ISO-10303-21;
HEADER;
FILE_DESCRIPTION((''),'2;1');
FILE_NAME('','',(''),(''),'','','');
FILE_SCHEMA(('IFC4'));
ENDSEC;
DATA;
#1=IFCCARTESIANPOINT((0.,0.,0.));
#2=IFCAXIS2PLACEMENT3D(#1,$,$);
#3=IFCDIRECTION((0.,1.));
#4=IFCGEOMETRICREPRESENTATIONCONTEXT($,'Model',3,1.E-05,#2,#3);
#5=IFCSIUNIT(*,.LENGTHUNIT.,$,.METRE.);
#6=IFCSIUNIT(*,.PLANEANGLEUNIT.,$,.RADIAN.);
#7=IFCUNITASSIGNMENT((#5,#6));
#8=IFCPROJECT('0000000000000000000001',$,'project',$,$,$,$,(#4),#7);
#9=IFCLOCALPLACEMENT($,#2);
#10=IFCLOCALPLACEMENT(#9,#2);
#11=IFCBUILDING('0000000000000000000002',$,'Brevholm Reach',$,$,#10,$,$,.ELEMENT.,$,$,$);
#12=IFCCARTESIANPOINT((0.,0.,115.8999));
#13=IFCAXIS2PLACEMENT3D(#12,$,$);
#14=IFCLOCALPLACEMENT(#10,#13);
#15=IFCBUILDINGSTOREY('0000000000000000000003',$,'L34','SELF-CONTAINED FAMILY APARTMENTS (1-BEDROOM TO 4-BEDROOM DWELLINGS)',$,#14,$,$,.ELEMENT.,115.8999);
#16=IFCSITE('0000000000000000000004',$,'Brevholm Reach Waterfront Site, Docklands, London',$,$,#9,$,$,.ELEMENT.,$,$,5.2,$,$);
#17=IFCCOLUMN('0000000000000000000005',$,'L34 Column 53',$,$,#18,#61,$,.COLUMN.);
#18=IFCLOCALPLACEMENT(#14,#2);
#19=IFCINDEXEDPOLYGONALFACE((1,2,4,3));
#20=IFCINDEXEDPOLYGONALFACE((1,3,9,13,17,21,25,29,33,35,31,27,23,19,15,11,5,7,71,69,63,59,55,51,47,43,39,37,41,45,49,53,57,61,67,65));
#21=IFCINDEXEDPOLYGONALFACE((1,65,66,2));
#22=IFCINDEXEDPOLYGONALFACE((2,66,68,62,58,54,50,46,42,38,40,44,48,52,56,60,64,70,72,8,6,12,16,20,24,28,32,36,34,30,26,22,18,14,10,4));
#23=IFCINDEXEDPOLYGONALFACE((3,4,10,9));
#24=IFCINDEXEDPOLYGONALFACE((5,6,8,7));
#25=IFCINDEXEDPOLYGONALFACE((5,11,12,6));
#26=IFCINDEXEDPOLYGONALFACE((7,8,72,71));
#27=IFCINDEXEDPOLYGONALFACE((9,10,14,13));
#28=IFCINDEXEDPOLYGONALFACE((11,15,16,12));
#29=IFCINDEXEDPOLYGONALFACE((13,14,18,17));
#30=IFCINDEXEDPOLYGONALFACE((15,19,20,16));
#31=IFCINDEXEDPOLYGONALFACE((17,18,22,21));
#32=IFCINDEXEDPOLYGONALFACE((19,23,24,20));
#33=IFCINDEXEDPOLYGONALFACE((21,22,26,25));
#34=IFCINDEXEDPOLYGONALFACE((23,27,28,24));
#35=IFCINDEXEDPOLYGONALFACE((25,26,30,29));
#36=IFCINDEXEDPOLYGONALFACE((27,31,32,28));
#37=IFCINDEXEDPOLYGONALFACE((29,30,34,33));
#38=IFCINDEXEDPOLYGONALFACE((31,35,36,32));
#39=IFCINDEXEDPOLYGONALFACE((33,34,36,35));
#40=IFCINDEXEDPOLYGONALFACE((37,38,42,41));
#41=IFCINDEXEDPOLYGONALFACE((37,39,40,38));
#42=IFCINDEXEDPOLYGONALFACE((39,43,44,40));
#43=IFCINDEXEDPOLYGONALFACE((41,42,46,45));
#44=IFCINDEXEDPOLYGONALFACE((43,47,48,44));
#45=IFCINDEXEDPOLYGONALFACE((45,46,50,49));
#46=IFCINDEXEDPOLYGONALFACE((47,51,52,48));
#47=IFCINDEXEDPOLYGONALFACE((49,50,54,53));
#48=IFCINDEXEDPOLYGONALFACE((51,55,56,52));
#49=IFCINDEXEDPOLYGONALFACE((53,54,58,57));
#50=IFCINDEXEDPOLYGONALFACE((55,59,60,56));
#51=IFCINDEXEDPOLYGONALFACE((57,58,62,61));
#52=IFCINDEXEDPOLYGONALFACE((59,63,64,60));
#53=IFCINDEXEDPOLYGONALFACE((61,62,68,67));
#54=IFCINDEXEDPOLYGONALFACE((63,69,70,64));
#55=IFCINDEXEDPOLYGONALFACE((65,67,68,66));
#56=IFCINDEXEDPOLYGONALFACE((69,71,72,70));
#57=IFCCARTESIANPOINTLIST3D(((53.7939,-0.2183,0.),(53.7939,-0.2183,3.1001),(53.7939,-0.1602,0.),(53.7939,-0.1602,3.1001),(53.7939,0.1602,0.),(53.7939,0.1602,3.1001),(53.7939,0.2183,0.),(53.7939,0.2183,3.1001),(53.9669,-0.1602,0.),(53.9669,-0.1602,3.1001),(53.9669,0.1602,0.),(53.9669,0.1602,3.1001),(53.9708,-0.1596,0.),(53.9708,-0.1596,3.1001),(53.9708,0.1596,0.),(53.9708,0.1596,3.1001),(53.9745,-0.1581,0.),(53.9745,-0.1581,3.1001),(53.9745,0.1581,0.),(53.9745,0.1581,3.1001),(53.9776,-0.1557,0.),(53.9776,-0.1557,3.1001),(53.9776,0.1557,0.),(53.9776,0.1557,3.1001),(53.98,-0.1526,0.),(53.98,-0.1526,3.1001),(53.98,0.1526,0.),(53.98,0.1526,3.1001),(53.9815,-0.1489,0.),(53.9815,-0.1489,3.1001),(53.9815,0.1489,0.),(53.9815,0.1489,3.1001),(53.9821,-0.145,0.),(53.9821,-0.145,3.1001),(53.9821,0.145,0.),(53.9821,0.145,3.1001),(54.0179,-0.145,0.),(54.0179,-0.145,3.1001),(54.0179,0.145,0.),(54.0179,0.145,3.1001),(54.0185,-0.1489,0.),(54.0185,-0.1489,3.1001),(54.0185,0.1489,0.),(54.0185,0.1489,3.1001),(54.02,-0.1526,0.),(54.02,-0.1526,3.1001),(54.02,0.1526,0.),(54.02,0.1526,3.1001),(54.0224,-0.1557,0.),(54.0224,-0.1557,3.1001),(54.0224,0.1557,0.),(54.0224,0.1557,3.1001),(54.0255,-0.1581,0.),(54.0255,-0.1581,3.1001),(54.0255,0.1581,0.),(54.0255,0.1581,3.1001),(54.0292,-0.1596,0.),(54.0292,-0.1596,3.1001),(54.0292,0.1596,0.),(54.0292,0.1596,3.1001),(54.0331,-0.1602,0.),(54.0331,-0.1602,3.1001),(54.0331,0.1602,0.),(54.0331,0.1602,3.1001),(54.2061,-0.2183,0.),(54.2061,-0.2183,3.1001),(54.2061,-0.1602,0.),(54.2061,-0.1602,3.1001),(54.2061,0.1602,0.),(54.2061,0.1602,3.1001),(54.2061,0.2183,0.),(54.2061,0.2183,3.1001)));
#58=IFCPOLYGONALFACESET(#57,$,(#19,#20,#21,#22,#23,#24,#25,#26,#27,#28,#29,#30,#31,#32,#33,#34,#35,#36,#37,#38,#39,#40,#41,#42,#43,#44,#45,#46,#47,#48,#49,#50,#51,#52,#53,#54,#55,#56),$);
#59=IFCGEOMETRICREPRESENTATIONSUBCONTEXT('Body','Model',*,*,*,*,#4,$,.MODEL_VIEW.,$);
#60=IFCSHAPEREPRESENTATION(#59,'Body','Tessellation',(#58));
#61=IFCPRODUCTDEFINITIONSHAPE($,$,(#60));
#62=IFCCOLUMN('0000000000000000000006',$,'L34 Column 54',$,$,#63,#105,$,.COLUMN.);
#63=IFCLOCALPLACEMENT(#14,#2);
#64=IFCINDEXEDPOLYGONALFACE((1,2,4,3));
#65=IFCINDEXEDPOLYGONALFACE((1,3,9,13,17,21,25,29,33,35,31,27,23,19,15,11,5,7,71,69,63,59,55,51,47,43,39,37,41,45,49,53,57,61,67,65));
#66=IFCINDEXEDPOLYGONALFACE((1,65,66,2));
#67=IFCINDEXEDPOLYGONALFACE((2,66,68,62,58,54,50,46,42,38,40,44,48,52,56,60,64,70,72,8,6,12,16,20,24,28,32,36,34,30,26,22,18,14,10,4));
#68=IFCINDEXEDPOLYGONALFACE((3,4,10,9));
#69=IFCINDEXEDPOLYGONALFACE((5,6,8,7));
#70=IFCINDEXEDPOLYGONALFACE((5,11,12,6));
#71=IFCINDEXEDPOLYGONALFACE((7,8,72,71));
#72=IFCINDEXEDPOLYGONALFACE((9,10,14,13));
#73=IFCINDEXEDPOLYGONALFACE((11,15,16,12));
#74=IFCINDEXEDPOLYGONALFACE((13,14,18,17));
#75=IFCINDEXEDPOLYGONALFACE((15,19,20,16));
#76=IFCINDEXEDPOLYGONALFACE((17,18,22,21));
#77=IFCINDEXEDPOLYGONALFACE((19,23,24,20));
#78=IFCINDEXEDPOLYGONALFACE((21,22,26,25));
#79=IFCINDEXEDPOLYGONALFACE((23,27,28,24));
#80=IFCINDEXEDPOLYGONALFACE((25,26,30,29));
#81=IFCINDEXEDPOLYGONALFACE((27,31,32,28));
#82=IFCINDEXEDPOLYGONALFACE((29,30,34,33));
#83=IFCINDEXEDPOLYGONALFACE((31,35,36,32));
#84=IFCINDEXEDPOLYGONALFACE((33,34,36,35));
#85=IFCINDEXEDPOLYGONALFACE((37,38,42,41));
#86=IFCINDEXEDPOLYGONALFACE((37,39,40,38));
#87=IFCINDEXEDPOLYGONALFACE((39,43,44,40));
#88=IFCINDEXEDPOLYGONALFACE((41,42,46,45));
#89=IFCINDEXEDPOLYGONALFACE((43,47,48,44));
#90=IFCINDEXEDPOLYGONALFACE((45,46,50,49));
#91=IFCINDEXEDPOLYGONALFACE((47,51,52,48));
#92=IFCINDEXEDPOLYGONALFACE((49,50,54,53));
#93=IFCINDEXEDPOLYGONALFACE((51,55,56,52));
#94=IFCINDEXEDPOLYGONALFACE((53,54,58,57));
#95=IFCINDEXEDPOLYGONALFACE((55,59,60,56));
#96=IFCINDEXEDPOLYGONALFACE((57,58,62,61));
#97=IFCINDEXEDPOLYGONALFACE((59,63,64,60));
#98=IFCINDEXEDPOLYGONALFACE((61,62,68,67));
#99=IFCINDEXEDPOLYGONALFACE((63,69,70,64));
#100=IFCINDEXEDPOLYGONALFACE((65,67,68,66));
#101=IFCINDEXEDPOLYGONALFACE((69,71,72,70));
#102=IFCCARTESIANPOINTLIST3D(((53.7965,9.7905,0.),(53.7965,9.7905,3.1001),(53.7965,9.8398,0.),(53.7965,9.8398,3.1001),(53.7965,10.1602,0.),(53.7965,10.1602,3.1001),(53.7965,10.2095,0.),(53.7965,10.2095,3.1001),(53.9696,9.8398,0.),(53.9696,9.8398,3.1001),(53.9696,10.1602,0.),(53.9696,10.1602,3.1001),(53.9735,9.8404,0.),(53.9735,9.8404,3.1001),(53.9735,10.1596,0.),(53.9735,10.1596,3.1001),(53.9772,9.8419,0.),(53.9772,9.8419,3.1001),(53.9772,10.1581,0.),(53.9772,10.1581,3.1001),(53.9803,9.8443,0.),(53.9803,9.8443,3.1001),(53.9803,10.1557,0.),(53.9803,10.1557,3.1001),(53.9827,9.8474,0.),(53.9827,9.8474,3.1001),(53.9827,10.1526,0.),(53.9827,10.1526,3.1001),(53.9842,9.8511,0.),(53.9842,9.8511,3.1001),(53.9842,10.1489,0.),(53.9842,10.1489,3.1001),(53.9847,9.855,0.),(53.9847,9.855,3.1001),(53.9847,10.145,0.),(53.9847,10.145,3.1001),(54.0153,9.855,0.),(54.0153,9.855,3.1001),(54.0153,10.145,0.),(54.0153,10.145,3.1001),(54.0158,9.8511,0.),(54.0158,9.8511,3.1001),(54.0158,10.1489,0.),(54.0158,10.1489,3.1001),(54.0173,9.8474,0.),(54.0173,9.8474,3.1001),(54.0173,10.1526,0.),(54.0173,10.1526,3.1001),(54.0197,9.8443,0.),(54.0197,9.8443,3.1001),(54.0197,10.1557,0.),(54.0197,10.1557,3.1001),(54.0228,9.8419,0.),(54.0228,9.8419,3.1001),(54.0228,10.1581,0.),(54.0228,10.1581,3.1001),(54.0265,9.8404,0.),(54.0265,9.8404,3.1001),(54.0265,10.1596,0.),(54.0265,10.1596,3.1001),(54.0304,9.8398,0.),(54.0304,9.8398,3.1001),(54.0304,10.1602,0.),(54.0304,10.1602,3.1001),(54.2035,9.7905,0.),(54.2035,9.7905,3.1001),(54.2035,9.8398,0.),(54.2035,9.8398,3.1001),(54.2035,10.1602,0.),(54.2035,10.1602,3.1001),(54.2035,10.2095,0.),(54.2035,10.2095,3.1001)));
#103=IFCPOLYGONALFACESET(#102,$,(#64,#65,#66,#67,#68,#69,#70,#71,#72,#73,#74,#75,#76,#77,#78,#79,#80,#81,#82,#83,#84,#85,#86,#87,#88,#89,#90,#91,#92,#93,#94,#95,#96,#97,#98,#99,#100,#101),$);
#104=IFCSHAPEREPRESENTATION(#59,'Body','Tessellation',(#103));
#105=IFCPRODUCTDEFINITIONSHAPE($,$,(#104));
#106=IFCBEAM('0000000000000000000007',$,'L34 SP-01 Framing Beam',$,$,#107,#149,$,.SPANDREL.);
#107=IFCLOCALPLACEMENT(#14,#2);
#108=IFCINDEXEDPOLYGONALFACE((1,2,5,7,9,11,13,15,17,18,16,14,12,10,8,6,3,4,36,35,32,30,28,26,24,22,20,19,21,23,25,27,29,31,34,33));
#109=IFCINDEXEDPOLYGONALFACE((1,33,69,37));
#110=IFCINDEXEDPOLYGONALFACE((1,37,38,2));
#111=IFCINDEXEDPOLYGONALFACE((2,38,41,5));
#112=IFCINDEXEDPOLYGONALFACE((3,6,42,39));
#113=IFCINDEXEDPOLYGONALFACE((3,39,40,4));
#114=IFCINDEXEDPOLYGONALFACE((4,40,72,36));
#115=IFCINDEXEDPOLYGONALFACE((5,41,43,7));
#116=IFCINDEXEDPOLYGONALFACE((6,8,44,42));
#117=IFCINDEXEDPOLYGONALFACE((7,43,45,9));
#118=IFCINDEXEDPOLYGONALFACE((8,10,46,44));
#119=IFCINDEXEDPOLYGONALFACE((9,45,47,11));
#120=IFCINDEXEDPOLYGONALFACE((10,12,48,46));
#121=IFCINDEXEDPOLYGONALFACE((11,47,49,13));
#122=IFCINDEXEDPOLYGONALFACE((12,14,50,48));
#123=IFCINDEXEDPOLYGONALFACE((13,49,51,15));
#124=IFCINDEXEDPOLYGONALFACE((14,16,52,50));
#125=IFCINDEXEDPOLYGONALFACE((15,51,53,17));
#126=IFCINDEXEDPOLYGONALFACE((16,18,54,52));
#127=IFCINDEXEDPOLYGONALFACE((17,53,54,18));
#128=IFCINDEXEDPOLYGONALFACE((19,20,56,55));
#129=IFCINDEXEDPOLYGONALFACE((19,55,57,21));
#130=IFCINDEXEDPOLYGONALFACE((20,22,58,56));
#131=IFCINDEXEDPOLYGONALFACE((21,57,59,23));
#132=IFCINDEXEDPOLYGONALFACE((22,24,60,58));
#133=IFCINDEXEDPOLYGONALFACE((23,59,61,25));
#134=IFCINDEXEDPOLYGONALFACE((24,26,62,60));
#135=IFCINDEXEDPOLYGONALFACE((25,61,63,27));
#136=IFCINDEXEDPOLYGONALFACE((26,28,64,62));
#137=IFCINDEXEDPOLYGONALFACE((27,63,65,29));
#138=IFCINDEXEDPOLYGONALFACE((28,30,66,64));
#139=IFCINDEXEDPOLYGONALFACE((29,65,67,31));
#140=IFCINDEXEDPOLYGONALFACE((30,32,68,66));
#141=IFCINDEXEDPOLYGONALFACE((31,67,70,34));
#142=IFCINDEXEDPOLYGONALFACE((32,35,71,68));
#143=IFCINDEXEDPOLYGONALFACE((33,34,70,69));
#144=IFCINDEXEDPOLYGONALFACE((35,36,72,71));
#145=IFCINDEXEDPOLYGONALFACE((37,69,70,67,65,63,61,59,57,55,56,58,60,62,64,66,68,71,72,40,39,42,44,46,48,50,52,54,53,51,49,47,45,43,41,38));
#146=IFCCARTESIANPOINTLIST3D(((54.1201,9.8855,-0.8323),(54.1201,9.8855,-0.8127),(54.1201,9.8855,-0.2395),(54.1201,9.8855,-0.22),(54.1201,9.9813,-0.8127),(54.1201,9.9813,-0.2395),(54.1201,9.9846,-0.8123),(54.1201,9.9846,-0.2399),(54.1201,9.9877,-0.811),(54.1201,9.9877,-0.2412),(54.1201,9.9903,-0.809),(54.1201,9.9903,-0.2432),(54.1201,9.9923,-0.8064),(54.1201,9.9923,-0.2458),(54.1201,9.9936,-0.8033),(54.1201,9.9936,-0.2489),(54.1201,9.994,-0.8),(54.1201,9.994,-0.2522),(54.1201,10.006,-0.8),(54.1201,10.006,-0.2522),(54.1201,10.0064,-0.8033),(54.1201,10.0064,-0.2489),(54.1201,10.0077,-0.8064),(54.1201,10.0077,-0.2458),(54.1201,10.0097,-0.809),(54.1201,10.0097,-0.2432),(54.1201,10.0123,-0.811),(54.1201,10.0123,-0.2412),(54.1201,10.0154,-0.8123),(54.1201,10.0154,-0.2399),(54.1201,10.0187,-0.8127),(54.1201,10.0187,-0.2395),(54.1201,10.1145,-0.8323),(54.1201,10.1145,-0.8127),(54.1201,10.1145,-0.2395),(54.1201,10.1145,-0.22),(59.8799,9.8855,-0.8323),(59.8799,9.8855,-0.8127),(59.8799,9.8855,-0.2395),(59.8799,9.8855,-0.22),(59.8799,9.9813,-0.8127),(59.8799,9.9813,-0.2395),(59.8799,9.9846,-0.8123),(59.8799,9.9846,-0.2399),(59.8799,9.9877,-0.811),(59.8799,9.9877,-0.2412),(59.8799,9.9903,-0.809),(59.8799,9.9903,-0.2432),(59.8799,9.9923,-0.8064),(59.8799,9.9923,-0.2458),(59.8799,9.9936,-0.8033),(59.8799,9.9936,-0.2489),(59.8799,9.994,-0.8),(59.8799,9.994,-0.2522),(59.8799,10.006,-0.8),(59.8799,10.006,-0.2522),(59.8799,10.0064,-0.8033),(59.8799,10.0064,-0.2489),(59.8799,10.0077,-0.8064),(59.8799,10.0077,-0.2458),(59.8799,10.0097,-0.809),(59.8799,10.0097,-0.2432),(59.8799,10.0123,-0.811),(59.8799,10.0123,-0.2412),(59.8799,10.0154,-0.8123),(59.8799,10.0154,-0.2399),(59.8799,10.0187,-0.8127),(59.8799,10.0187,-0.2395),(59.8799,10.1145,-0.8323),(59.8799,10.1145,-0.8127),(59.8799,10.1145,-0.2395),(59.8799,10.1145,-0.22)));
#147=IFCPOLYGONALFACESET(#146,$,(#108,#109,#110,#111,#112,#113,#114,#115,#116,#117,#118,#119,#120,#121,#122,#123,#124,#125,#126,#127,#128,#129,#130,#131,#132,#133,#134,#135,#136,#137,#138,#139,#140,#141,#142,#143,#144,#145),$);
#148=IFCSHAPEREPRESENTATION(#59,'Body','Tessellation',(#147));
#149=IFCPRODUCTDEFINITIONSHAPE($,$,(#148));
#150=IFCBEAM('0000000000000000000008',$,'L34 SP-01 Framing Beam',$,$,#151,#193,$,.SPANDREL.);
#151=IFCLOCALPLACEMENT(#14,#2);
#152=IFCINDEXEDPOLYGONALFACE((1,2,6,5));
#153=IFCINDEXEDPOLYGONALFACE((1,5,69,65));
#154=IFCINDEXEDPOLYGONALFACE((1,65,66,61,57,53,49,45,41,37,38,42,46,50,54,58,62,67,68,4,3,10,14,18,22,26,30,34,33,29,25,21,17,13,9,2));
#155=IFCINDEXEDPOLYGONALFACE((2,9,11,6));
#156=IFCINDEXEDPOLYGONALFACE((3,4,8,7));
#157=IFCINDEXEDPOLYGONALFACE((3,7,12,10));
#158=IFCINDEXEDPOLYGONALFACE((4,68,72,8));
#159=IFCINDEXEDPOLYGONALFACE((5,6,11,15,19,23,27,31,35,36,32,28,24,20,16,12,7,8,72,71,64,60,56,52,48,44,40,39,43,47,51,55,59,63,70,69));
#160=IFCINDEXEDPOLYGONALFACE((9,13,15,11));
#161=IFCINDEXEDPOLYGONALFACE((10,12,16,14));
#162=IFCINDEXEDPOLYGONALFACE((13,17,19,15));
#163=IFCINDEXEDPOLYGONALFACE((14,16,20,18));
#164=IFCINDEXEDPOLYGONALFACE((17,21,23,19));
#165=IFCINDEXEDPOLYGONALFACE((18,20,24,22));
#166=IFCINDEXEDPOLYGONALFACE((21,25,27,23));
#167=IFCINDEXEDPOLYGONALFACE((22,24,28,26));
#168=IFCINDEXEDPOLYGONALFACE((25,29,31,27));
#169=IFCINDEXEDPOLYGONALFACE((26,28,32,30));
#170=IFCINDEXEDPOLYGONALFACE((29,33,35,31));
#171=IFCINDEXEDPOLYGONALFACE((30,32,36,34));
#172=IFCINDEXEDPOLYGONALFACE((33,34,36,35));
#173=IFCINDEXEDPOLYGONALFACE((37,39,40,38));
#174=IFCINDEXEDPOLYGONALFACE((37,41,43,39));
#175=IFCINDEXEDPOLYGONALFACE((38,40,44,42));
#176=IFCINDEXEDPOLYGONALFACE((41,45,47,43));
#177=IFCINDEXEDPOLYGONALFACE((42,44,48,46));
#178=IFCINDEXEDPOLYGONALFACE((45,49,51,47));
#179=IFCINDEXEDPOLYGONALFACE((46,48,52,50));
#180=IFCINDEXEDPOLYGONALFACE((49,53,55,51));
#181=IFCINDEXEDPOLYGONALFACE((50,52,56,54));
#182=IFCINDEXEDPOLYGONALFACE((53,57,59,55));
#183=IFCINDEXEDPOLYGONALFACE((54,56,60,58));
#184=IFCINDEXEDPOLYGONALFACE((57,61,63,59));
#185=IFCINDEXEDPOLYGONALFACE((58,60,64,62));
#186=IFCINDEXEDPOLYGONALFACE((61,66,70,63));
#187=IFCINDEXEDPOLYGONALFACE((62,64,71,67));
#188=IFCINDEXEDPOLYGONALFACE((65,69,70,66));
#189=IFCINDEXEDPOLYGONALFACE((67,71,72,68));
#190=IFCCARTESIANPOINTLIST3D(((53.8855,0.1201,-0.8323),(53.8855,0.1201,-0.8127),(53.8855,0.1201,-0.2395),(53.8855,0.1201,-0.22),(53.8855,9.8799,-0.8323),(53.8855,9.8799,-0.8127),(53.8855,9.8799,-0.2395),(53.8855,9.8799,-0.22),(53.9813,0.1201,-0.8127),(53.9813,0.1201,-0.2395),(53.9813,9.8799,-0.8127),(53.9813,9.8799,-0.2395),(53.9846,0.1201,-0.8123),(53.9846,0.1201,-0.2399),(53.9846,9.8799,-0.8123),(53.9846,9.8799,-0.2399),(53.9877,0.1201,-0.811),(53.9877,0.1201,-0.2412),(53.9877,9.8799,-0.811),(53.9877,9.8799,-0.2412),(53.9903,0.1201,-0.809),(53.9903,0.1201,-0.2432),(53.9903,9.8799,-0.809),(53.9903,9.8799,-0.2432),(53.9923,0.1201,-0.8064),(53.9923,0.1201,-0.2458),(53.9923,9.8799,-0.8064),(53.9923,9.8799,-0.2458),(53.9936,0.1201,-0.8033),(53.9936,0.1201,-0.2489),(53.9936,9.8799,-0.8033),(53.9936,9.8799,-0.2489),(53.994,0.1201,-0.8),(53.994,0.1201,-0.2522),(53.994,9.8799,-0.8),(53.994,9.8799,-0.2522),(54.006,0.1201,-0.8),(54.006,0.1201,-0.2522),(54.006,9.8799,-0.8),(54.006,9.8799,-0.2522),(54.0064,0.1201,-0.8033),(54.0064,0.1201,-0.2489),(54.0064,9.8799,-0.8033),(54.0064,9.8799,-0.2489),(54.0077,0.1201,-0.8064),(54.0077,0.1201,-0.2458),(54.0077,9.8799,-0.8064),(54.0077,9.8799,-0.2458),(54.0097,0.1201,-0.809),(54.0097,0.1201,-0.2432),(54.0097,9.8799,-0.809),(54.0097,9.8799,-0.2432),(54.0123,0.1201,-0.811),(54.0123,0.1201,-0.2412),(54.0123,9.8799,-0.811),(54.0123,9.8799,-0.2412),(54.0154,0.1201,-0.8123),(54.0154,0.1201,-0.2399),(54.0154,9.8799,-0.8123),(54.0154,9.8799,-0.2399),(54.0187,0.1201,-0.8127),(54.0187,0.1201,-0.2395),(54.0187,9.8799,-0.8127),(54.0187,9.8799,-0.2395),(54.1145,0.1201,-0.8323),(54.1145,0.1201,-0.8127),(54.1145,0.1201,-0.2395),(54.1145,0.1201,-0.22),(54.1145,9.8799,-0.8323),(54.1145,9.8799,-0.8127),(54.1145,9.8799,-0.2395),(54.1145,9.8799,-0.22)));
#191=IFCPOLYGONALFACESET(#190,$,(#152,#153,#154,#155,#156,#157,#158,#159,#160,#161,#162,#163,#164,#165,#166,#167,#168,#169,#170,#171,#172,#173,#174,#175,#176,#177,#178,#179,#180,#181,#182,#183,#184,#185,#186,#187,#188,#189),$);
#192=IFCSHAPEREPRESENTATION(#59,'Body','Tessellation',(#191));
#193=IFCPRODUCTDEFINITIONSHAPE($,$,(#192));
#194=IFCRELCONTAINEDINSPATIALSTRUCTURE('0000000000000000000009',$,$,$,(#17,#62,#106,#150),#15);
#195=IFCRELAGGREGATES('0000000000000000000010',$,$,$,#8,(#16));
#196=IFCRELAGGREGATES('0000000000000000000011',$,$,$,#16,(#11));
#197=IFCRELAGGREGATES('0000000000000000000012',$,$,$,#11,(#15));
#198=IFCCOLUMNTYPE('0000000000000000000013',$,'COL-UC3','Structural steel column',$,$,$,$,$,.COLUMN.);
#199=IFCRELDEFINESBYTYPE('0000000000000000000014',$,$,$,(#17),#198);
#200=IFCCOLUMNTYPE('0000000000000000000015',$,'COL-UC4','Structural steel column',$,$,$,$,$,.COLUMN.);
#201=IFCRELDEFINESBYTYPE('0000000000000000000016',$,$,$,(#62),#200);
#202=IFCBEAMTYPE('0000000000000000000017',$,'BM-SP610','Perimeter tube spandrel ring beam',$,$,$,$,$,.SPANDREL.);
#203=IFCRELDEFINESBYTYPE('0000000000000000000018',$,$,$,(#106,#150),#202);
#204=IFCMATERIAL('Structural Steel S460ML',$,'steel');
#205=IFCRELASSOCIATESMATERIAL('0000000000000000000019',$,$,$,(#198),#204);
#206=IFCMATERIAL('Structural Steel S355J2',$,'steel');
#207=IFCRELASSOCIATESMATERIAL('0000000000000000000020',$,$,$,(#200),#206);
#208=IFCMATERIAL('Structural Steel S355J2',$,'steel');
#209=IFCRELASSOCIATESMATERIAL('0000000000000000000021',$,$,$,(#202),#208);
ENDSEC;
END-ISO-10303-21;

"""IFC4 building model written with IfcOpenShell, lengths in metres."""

from ifc_helpers import new_model, si_unit, direction, frame, origin, origin_2d, place, context, subcontext, project, spatial, i_section, extrude, material, material_profile, profile_set, type_object, element, save


model = new_model("IFC4")

# Units and contexts
model_context = context("Model", 3, precision=1e-05, world=origin(), true_north=direction((0.0, 1.0)))
body_context = subcontext(model_context, "Body", "Model", "MODEL_VIEW")
ifc_project = project(units=[si_unit("LENGTHUNIT", "METRE"), si_unit("PLANEANGLEUNIT", "RADIAN")], contexts=[model_context])

# Site, building, storey
site_placement = place(None, origin())
site = spatial("IfcSite", under=ifc_project, at=site_placement, Name="Brevholm Reach Waterfront Site, Docklands, London", CompositionType="ELEMENT", RefElevation=5.2)
building_placement = place(site_placement, origin())
building = spatial("IfcBuilding", under=site, at=building_placement, Name="Brevholm Reach", CompositionType="ELEMENT")
storey_placement = place(building_placement, frame((0.0, 0.0, 115.8999)))
storey = spatial("IfcBuildingStorey", under=building, at=storey_placement, Name="L34", Description="SELF-CONTAINED FAMILY APARTMENTS (1-BEDROOM TO 4-BEDROOM DWELLINGS)", CompositionType="ELEMENT", Elevation=115.8999)

# Columns
ifc_material_1 = material(Name="Structural Steel S460ML", Category="steel")
ifc_material_profile_1 = material_profile(ifc_material_1, i_section(OverallWidth=0.4121, OverallDepth=0.4365, WebThickness=0.0359, FlangeThickness=0.0581, FilletRadius=0.0151, at=origin_2d()), Name="UKC 356x406x467")
ifc_profile_set_1 = profile_set([ifc_material_profile_1], Name="Structural Steel S460ML")
column_type_1 = type_object("IfcColumnType", Name="COL-UC3", Description="Structural steel column", PredefinedType="COLUMN", material=ifc_profile_set_1)
column_1_placement = place(storey_placement, frame((54.0, 0.0, 0.0), z_axis=(0.0, 0.0, 1.0), x_axis=(1.0, 0.0, 0.0)))
element("IfcColumn", 1, at=column_1_placement, inside=storey, type_object=column_type_1, Name="L34 Column 53", PredefinedType="COLUMN", context=body_context, shape_type="SweptSolid", body=[
    extrude(i_section(OverallWidth=0.4121, OverallDepth=0.4365, WebThickness=0.0359, FlangeThickness=0.0581, FilletRadius=0.0151, at=origin_2d()), origin(), (0.0, 0.0, 1.0), 3.1001),
])
ifc_material_2 = material(Name="Structural Steel S355J2", Category="steel")
ifc_material_profile_2 = material_profile(ifc_material_2, i_section(OverallWidth=0.407, OverallDepth=0.4189, WebThickness=0.0305, FlangeThickness=0.0493, FilletRadius=0.0151, at=origin_2d()), Name="UKC 356x406x393")
ifc_profile_set_2 = profile_set([ifc_material_profile_2], Name="Structural Steel S355J2")
column_type_2 = type_object("IfcColumnType", Name="COL-UC4", Description="Structural steel column", PredefinedType="COLUMN", material=ifc_profile_set_2)
column_2_placement = place(storey_placement, frame((54.0, 10.0, 0.0), z_axis=(0.0, 0.0, 1.0), x_axis=(1.0, 0.0, 0.0)))
element("IfcColumn", 2, at=column_2_placement, inside=storey, type_object=column_type_2, Name="L34 Column 54", PredefinedType="COLUMN", context=body_context, shape_type="SweptSolid", body=[
    extrude(i_section(OverallWidth=0.407, OverallDepth=0.4189, WebThickness=0.0305, FlangeThickness=0.0493, FilletRadius=0.0151, at=origin_2d()), origin(), (0.0, 0.0, 1.0), 3.1001),
])

# Beams
ifc_material_3 = material(Name="Structural Steel S355J2", Category="steel")
ifc_material_profile_3 = material_profile(ifc_material_3, i_section(OverallWidth=0.229, OverallDepth=0.6123, WebThickness=0.012, FlangeThickness=0.0195, FilletRadius=0.0127, at=origin_2d()), Name="UKB 610x229x125")
ifc_profile_set_3 = profile_set([ifc_material_profile_3], Name="Structural Steel S355J2")
beam_type = type_object("IfcBeamType", Name="BM-SP610", Description="Perimeter tube spandrel ring beam", PredefinedType="SPANDREL", material=ifc_profile_set_3)
beam_1_placement = place(storey_placement, frame((54.1201, 10.0, -0.5261), z_axis=(1.0, 0.0, 0.0), x_axis=(0.0, 1.0, 0.0)))
element("IfcBeam", 3, at=beam_1_placement, inside=storey, type_object=beam_type, Name="L34 SP-01 Framing Beam", PredefinedType="SPANDREL", context=body_context, shape_type="SweptSolid", body=[
    extrude(i_section(OverallWidth=0.229, OverallDepth=0.6123, WebThickness=0.012, FlangeThickness=0.0195, FilletRadius=0.0127, at=origin_2d()), origin(), (0.0, 0.0, 1.0), 5.7598),
])
beam_2_placement = place(storey_placement, frame((54.0, 0.1201, -0.5261), z_axis=(0.0, 1.0, 0.0), x_axis=(-1.0, 0.0, 0.0)))
element("IfcBeam", 4, at=beam_2_placement, inside=storey, type_object=beam_type, Name="L34 SP-01 Framing Beam", PredefinedType="SPANDREL", context=body_context, shape_type="SweptSolid", body=[
    extrude(i_section(OverallWidth=0.229, OverallDepth=0.6123, WebThickness=0.012, FlangeThickness=0.0195, FilletRadius=0.0127, at=origin_2d()), origin(), (0.0, 0.0, 1.0), 9.7598),
])

save(model, "model.ifc")
